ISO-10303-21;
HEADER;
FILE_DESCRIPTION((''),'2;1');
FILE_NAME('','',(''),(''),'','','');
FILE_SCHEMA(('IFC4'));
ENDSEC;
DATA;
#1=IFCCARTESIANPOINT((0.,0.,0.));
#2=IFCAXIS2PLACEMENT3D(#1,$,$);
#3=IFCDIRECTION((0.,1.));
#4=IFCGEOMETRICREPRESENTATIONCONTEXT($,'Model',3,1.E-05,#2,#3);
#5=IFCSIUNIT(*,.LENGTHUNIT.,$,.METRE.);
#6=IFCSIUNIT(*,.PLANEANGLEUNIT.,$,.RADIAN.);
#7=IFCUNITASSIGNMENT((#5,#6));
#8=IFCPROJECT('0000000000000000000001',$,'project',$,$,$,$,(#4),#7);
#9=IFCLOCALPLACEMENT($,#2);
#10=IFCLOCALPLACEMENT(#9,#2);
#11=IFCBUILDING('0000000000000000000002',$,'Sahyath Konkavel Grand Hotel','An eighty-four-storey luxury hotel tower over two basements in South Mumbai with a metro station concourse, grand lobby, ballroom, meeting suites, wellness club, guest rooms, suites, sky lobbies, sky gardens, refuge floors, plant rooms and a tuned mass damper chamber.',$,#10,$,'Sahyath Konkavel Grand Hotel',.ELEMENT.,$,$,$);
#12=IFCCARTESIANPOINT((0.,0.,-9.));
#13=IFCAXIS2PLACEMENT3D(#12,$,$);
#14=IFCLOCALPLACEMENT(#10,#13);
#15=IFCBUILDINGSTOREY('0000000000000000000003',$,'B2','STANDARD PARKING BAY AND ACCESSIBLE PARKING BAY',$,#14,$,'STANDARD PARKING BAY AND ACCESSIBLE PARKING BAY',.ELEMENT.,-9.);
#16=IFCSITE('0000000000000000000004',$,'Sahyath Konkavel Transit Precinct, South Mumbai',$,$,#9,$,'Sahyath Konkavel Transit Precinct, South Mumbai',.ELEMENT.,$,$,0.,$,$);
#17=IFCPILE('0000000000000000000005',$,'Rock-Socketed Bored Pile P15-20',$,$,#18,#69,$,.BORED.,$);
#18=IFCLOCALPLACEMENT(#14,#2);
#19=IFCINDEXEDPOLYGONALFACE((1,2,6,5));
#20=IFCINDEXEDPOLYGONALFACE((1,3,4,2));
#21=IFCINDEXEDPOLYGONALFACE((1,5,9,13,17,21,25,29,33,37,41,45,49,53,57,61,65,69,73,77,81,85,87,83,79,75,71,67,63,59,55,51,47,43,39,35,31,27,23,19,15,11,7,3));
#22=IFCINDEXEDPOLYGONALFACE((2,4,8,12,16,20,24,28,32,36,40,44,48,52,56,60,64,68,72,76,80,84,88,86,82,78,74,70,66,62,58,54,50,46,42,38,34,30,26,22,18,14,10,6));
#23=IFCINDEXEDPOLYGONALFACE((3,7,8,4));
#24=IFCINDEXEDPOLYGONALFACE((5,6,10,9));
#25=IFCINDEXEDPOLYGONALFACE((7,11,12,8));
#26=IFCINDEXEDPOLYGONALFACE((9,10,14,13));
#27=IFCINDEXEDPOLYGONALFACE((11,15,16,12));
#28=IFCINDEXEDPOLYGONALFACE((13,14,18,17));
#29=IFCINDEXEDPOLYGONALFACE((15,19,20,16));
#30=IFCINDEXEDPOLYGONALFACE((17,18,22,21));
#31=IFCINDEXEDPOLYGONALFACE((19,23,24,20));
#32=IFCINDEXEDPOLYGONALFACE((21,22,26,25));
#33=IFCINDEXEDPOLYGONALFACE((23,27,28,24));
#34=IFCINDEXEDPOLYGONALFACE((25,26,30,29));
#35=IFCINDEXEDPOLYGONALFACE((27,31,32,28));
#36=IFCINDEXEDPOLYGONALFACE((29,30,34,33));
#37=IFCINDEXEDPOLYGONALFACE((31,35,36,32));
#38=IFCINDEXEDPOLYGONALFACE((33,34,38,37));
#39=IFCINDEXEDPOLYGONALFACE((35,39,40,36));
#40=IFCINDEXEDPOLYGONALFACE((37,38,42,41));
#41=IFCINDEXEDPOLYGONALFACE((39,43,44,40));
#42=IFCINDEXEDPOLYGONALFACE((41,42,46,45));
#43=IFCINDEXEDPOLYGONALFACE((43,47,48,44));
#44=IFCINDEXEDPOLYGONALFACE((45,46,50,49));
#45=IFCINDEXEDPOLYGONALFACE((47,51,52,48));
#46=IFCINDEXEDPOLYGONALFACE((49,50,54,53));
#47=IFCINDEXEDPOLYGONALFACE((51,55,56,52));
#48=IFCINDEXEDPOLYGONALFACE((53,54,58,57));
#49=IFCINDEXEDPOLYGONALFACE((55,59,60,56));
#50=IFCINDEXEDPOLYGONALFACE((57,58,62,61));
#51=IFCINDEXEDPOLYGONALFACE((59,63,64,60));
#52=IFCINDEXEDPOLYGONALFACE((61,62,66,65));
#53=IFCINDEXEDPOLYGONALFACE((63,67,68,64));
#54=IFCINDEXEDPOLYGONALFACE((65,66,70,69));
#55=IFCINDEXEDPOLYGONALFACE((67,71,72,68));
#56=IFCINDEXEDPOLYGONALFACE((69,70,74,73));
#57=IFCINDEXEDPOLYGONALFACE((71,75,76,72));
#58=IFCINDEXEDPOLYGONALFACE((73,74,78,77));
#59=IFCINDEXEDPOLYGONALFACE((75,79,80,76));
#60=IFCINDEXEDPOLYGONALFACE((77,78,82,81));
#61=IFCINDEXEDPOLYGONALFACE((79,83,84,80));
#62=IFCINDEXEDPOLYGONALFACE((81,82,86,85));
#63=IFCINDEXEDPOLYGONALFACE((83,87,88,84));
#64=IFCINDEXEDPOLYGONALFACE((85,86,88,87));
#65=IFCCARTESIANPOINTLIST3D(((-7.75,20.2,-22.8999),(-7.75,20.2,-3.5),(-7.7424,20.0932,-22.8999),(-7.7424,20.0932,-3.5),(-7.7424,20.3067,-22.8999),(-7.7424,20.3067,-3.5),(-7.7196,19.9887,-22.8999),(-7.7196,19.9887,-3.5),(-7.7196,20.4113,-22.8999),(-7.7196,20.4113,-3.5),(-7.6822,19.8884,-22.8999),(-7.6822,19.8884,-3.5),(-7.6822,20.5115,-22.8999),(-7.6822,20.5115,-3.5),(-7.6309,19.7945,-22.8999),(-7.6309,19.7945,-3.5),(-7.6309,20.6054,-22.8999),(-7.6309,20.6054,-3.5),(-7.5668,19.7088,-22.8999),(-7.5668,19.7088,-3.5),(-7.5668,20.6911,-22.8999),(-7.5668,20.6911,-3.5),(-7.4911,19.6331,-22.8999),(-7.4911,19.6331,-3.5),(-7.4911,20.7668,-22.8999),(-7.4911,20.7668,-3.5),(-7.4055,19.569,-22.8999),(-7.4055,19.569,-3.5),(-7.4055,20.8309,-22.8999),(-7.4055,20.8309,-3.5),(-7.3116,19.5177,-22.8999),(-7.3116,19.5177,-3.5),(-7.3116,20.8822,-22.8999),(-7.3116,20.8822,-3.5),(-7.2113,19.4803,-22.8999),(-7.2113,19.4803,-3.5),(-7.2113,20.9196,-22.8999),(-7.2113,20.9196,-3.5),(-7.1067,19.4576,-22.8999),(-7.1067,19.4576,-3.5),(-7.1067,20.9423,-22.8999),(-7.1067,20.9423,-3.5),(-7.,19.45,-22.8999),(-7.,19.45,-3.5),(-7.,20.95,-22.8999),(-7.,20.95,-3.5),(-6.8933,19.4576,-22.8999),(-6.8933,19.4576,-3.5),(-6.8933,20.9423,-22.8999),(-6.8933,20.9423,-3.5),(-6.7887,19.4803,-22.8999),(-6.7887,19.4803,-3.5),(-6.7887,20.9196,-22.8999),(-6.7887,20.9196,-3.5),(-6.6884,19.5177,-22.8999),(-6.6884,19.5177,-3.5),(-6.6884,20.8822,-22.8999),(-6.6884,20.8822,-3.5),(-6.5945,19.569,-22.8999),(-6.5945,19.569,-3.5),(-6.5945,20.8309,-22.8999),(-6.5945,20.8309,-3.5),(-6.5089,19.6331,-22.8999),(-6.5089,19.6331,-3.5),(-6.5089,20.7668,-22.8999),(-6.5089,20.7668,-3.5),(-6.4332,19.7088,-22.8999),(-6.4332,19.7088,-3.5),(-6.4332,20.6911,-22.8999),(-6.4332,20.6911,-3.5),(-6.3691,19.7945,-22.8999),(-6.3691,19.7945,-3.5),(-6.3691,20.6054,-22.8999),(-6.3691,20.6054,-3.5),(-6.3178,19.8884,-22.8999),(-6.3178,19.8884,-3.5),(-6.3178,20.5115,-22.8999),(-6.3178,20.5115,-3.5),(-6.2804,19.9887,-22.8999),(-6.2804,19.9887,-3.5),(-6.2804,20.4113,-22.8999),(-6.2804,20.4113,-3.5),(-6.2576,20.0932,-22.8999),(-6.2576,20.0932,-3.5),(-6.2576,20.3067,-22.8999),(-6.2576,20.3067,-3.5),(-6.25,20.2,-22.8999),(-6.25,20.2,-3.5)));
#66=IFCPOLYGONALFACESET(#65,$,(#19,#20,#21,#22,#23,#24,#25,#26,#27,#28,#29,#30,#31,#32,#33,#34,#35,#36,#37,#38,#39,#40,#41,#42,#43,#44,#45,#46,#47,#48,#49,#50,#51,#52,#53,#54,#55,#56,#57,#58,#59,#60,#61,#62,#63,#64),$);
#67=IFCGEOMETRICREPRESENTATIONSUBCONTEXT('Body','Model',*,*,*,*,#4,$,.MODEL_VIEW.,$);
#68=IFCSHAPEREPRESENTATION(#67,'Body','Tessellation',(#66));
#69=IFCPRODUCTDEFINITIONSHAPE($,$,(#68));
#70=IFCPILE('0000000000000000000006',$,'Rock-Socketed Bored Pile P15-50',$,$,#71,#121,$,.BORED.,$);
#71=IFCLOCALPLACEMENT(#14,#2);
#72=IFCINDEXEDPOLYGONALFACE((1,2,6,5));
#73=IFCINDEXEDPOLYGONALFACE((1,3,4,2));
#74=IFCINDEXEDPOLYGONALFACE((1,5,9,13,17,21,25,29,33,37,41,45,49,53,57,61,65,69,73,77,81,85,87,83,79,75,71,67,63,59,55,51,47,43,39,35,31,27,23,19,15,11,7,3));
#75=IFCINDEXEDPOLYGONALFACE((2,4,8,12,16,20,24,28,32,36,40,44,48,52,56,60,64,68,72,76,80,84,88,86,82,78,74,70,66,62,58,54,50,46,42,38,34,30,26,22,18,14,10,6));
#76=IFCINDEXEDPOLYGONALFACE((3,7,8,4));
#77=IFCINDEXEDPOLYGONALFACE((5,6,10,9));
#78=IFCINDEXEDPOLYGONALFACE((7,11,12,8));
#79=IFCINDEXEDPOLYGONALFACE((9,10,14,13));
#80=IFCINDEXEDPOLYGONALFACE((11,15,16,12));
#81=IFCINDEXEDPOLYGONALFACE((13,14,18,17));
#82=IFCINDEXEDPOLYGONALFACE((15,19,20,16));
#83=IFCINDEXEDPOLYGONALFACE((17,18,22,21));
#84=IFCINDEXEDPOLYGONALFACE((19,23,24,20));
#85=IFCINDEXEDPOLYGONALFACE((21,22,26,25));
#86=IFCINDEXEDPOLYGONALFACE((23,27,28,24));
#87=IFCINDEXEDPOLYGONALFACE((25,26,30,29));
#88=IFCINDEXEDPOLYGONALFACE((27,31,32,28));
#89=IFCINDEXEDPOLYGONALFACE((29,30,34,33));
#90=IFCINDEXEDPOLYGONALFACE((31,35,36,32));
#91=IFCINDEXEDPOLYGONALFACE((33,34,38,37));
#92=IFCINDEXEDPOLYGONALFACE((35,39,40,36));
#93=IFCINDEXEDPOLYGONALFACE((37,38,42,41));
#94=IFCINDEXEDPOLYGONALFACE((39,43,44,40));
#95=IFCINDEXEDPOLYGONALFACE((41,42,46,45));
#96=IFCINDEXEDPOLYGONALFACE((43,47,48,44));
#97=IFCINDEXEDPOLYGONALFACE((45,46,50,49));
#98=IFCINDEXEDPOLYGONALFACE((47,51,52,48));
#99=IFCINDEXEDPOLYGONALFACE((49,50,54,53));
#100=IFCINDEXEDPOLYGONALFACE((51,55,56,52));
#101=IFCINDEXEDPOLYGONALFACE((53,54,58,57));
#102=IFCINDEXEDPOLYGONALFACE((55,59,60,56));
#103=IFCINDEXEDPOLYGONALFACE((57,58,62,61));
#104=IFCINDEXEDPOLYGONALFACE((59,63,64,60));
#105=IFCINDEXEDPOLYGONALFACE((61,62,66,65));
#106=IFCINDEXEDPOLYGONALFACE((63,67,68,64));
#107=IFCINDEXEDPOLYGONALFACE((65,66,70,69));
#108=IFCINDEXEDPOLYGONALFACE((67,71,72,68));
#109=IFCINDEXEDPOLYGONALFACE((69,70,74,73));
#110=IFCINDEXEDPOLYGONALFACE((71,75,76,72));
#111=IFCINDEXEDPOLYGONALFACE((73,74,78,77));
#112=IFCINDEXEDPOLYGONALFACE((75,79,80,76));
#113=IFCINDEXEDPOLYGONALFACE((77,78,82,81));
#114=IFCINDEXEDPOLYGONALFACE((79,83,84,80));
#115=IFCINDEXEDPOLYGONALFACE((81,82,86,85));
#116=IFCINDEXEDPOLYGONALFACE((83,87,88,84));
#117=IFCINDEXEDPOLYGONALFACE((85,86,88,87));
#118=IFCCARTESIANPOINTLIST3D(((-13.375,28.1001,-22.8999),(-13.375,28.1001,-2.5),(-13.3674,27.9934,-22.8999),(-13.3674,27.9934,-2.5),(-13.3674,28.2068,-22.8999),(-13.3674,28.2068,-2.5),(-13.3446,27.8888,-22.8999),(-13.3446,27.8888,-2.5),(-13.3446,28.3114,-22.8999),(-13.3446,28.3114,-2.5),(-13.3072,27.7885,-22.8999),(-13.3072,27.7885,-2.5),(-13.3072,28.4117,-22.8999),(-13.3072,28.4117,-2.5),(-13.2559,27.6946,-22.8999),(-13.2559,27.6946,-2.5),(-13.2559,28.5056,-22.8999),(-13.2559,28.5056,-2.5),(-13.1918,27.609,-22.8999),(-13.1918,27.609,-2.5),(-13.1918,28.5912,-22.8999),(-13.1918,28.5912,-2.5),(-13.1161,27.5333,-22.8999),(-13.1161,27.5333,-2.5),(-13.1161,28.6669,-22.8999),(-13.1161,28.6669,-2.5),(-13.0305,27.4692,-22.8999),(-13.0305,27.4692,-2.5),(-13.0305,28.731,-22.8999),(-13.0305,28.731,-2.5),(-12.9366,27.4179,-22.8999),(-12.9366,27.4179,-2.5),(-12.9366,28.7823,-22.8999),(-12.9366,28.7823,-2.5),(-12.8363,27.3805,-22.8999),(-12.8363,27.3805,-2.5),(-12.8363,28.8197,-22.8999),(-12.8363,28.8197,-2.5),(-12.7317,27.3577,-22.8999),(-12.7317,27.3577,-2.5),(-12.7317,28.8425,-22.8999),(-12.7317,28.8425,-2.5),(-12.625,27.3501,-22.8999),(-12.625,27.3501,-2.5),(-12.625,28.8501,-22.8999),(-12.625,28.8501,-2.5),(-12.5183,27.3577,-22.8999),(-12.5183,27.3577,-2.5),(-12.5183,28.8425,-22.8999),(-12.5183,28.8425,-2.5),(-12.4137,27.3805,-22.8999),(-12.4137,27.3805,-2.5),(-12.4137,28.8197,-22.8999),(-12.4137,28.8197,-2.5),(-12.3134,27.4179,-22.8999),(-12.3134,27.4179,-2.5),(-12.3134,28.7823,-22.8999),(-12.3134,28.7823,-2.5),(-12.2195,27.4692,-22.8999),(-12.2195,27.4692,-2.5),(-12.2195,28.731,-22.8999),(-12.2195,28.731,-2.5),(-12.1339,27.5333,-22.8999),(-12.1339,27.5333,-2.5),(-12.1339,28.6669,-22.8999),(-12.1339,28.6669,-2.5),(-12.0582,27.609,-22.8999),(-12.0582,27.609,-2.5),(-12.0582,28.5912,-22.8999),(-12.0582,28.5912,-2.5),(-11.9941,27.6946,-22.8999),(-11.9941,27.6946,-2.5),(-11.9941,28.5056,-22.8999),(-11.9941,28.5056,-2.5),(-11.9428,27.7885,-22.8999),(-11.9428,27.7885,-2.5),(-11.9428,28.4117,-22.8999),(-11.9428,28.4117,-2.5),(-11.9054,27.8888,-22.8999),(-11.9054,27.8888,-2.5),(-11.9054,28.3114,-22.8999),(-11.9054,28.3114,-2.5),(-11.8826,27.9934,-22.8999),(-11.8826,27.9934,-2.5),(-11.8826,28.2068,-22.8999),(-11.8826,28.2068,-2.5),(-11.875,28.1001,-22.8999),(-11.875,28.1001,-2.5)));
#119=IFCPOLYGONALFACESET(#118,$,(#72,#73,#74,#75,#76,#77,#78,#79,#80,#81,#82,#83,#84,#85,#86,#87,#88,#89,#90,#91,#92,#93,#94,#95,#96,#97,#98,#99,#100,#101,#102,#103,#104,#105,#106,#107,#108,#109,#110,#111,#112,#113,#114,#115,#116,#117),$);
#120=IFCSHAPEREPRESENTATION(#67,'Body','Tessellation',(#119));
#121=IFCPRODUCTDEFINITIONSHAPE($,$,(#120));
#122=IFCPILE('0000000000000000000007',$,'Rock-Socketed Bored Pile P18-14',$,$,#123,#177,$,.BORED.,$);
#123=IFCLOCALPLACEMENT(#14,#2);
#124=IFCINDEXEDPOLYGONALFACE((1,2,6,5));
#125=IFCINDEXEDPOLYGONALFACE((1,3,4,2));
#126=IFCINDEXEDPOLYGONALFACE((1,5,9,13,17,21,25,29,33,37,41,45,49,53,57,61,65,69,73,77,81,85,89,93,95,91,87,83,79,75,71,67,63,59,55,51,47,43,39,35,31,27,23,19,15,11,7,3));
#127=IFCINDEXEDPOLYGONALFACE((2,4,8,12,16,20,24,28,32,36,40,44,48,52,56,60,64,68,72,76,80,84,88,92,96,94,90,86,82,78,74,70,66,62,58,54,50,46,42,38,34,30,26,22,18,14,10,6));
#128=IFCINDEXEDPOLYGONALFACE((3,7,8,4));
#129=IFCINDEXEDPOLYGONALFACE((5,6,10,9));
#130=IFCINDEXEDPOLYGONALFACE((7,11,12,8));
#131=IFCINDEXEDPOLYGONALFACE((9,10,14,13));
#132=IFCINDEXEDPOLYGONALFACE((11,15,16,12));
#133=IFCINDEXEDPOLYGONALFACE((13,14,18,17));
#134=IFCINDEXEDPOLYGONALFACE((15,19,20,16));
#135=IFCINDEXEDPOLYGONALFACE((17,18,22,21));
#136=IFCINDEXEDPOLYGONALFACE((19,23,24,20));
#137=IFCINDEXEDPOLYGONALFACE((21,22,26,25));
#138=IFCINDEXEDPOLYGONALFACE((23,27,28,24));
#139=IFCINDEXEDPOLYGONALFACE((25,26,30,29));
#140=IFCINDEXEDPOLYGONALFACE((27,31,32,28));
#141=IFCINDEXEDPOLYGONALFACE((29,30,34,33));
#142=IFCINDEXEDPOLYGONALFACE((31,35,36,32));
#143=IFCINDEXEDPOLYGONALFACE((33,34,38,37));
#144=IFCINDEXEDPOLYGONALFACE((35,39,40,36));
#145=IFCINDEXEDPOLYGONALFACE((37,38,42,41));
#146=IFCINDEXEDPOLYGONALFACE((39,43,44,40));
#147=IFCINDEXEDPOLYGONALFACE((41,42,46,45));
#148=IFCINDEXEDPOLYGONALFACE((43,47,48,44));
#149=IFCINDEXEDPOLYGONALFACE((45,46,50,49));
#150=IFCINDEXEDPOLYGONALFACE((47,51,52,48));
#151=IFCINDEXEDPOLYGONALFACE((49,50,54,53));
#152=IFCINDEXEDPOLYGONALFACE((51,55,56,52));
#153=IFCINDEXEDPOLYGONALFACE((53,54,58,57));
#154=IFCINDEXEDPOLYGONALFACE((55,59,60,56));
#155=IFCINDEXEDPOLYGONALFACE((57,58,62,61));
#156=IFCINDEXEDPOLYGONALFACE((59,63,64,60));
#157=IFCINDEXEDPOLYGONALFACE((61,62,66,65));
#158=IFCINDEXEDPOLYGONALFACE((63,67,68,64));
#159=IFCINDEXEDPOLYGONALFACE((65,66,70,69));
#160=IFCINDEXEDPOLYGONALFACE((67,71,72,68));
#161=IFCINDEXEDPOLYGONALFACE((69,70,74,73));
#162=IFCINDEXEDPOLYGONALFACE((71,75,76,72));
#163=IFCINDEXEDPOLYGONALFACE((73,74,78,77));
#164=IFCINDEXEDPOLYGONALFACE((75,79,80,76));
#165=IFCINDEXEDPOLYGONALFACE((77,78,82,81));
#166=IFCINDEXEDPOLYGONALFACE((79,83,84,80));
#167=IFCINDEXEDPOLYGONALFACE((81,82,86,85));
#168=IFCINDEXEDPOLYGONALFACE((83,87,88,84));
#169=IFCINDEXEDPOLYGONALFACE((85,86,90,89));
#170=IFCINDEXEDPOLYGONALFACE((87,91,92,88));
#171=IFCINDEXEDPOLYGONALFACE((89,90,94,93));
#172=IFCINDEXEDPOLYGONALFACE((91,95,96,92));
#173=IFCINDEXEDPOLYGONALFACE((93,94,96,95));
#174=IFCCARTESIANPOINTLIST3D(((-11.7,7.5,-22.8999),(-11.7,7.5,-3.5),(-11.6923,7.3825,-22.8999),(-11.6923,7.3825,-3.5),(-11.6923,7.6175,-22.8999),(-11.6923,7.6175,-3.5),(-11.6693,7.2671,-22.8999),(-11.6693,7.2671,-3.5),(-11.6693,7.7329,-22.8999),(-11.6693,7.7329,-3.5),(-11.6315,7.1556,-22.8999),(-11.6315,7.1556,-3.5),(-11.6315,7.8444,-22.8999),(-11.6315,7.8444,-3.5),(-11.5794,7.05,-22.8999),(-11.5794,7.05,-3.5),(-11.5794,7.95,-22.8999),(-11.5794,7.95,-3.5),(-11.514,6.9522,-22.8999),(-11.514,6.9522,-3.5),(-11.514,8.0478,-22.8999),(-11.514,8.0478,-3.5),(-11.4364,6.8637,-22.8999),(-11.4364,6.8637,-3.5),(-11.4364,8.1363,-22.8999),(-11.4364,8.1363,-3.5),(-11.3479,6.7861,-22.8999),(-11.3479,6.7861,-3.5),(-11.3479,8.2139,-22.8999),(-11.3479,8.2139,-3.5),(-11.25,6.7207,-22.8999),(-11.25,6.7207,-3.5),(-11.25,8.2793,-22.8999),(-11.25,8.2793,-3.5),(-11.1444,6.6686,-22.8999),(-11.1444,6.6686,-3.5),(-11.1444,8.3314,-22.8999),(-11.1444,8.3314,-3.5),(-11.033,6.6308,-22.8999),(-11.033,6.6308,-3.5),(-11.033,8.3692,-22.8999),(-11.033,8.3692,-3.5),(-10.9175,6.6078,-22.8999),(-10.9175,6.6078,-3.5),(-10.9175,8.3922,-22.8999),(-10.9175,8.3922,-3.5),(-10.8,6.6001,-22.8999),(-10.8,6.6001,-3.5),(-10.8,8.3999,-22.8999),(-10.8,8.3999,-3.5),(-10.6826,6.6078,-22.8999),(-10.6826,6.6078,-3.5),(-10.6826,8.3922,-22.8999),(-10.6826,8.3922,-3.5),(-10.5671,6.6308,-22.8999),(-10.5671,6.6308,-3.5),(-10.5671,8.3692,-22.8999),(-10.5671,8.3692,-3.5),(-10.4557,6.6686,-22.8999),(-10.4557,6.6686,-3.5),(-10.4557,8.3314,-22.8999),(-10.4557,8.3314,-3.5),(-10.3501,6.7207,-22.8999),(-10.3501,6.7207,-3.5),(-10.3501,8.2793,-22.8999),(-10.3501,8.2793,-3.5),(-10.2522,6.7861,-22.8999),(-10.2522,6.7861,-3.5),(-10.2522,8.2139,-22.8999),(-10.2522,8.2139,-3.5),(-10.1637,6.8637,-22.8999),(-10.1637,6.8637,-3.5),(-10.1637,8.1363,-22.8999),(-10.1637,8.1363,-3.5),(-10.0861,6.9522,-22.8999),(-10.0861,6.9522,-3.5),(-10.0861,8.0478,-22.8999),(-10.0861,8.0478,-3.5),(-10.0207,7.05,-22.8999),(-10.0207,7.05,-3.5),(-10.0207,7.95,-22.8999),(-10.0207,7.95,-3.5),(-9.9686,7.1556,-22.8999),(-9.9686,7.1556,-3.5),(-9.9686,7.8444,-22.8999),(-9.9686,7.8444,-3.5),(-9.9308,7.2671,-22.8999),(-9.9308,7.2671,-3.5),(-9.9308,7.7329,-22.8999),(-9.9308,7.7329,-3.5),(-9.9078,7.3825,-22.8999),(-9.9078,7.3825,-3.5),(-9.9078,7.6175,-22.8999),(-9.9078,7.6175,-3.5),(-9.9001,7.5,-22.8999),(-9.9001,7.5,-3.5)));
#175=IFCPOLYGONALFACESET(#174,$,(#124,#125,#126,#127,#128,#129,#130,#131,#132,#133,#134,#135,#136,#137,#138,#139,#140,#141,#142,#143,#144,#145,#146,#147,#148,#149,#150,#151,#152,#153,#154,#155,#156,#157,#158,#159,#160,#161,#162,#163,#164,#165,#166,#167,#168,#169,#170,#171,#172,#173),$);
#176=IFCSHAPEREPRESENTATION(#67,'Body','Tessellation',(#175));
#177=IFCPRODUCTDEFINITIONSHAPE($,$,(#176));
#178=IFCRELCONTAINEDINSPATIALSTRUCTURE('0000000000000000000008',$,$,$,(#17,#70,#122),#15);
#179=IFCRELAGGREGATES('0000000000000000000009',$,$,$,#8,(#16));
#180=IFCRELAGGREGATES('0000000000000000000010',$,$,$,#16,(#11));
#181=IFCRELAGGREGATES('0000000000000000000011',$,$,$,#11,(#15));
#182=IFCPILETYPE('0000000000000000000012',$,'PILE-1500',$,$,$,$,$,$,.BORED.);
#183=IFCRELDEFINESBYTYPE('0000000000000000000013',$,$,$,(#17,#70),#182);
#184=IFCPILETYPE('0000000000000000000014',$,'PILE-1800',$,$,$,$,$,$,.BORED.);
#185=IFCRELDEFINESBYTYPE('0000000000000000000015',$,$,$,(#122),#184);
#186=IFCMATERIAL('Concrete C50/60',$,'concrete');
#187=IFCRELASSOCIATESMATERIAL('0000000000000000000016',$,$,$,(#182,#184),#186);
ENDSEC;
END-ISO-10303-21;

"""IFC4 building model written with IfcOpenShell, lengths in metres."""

from ifc_helpers import new_model, si_unit, direction, frame, origin, origin_2d, place, context, subcontext, project, spatial, circle, extrude, material, material_profile, profile_set, type_object, element, save


model = new_model("IFC4")

# Units and contexts
model_context = context("Model", 3, precision=1e-05, world=origin(), true_north=direction((0.0, 1.0)))
body_context = subcontext(model_context, "Body", "Model", "MODEL_VIEW")
ifc_project = project(units=[si_unit("LENGTHUNIT", "METRE"), si_unit("PLANEANGLEUNIT", "RADIAN")], contexts=[model_context])

# Site, building, storey
site_placement = place(None, origin())
site = spatial("IfcSite", under=ifc_project, at=site_placement, Name="Sahyath Konkavel Transit Precinct, South Mumbai", LongName="Sahyath Konkavel Transit Precinct, South Mumbai", CompositionType="ELEMENT", RefElevation=0.0)
building_placement = place(site_placement, origin())
building = spatial("IfcBuilding", under=site, at=building_placement, Name="Sahyath Konkavel Grand Hotel", Description="An eighty-four-storey luxury hotel tower over two basements in South Mumbai with a metro station concourse, grand lobby, ballroom, meeting suites, wellness club, guest rooms, suites, sky lobbies, sky gardens, refuge floors, plant rooms and a tuned mass damper chamber.", LongName="Sahyath Konkavel Grand Hotel", CompositionType="ELEMENT")
storey_placement = place(building_placement, frame((0.0, 0.0, -9.0)))
storey = spatial("IfcBuildingStorey", under=building, at=storey_placement, Name="B2", Description="STANDARD PARKING BAY AND ACCESSIBLE PARKING BAY", LongName="STANDARD PARKING BAY AND ACCESSIBLE PARKING BAY", CompositionType="ELEMENT", Elevation=-9.0)

# Piles
ifc_material_1 = material(Name="Concrete C50/60", Category="concrete")
ifc_material_profile_1 = material_profile(ifc_material_1, circle(Radius=0.75, at=origin_2d()), Name="PILE D1500")
ifc_profile_set_1 = profile_set([ifc_material_profile_1], Name="Concrete C50/60")
pile_type_1 = type_object("IfcPileType", Name="PILE-1500", PredefinedType="BORED", material=ifc_profile_set_1)
pile_1_placement = place(storey_placement, frame((-7.0, 20.2, -3.5), z_axis=(0.0, 0.0, -1.0), x_axis=(1.0, 0.0, 0.0)))
element("IfcPile", 1, at=pile_1_placement, inside=storey, type_object=pile_type_1, Name="Rock-Socketed Bored Pile P15-20", PredefinedType="BORED", context=body_context, shape_type="SweptSolid", body=[
    extrude(circle(Radius=0.75, at=origin_2d()), origin(), (0.0, 0.0, 1.0), 19.3999),
])
pile_2_placement = place(storey_placement, frame((-12.625, 28.1001, -2.5), z_axis=(0.0, 0.0, -1.0), x_axis=(1.0, 0.0, 0.0)))
element("IfcPile", 2, at=pile_2_placement, inside=storey, type_object=pile_type_1, Name="Rock-Socketed Bored Pile P15-50", PredefinedType="BORED", context=body_context, shape_type="SweptSolid", body=[
    extrude(circle(Radius=0.75, at=origin_2d()), origin(), (0.0, 0.0, 1.0), 20.3999),
])
ifc_material_profile_2 = material_profile(ifc_material_1, circle(Radius=0.8999, at=origin_2d()), Name="PILE D1800")
ifc_profile_set_2 = profile_set([ifc_material_profile_2], Name="Concrete C50/60")
pile_type_2 = type_object("IfcPileType", Name="PILE-1800", PredefinedType="BORED", material=ifc_profile_set_2)
for number, where, z_axis, x_axis, name in (
    (3, (-10.8, 7.5, -3.5), (0.0, 0.0, -1.0), (1.0, 0.0, 0.0), "Rock-Socketed Bored Pile P18-14"),
):
    element("IfcPile", number, at=place(storey_placement, frame(where, z_axis=z_axis, x_axis=x_axis)), inside=storey, type_object=pile_type_2, Name=name, PredefinedType="BORED", context=body_context, shape_type="SweptSolid", body=[
        extrude(circle(Radius=0.8999, at=origin_2d()), origin(), (0.0, 0.0, 1.0), 19.3999),
    ])

save(model, "model.ifc")
